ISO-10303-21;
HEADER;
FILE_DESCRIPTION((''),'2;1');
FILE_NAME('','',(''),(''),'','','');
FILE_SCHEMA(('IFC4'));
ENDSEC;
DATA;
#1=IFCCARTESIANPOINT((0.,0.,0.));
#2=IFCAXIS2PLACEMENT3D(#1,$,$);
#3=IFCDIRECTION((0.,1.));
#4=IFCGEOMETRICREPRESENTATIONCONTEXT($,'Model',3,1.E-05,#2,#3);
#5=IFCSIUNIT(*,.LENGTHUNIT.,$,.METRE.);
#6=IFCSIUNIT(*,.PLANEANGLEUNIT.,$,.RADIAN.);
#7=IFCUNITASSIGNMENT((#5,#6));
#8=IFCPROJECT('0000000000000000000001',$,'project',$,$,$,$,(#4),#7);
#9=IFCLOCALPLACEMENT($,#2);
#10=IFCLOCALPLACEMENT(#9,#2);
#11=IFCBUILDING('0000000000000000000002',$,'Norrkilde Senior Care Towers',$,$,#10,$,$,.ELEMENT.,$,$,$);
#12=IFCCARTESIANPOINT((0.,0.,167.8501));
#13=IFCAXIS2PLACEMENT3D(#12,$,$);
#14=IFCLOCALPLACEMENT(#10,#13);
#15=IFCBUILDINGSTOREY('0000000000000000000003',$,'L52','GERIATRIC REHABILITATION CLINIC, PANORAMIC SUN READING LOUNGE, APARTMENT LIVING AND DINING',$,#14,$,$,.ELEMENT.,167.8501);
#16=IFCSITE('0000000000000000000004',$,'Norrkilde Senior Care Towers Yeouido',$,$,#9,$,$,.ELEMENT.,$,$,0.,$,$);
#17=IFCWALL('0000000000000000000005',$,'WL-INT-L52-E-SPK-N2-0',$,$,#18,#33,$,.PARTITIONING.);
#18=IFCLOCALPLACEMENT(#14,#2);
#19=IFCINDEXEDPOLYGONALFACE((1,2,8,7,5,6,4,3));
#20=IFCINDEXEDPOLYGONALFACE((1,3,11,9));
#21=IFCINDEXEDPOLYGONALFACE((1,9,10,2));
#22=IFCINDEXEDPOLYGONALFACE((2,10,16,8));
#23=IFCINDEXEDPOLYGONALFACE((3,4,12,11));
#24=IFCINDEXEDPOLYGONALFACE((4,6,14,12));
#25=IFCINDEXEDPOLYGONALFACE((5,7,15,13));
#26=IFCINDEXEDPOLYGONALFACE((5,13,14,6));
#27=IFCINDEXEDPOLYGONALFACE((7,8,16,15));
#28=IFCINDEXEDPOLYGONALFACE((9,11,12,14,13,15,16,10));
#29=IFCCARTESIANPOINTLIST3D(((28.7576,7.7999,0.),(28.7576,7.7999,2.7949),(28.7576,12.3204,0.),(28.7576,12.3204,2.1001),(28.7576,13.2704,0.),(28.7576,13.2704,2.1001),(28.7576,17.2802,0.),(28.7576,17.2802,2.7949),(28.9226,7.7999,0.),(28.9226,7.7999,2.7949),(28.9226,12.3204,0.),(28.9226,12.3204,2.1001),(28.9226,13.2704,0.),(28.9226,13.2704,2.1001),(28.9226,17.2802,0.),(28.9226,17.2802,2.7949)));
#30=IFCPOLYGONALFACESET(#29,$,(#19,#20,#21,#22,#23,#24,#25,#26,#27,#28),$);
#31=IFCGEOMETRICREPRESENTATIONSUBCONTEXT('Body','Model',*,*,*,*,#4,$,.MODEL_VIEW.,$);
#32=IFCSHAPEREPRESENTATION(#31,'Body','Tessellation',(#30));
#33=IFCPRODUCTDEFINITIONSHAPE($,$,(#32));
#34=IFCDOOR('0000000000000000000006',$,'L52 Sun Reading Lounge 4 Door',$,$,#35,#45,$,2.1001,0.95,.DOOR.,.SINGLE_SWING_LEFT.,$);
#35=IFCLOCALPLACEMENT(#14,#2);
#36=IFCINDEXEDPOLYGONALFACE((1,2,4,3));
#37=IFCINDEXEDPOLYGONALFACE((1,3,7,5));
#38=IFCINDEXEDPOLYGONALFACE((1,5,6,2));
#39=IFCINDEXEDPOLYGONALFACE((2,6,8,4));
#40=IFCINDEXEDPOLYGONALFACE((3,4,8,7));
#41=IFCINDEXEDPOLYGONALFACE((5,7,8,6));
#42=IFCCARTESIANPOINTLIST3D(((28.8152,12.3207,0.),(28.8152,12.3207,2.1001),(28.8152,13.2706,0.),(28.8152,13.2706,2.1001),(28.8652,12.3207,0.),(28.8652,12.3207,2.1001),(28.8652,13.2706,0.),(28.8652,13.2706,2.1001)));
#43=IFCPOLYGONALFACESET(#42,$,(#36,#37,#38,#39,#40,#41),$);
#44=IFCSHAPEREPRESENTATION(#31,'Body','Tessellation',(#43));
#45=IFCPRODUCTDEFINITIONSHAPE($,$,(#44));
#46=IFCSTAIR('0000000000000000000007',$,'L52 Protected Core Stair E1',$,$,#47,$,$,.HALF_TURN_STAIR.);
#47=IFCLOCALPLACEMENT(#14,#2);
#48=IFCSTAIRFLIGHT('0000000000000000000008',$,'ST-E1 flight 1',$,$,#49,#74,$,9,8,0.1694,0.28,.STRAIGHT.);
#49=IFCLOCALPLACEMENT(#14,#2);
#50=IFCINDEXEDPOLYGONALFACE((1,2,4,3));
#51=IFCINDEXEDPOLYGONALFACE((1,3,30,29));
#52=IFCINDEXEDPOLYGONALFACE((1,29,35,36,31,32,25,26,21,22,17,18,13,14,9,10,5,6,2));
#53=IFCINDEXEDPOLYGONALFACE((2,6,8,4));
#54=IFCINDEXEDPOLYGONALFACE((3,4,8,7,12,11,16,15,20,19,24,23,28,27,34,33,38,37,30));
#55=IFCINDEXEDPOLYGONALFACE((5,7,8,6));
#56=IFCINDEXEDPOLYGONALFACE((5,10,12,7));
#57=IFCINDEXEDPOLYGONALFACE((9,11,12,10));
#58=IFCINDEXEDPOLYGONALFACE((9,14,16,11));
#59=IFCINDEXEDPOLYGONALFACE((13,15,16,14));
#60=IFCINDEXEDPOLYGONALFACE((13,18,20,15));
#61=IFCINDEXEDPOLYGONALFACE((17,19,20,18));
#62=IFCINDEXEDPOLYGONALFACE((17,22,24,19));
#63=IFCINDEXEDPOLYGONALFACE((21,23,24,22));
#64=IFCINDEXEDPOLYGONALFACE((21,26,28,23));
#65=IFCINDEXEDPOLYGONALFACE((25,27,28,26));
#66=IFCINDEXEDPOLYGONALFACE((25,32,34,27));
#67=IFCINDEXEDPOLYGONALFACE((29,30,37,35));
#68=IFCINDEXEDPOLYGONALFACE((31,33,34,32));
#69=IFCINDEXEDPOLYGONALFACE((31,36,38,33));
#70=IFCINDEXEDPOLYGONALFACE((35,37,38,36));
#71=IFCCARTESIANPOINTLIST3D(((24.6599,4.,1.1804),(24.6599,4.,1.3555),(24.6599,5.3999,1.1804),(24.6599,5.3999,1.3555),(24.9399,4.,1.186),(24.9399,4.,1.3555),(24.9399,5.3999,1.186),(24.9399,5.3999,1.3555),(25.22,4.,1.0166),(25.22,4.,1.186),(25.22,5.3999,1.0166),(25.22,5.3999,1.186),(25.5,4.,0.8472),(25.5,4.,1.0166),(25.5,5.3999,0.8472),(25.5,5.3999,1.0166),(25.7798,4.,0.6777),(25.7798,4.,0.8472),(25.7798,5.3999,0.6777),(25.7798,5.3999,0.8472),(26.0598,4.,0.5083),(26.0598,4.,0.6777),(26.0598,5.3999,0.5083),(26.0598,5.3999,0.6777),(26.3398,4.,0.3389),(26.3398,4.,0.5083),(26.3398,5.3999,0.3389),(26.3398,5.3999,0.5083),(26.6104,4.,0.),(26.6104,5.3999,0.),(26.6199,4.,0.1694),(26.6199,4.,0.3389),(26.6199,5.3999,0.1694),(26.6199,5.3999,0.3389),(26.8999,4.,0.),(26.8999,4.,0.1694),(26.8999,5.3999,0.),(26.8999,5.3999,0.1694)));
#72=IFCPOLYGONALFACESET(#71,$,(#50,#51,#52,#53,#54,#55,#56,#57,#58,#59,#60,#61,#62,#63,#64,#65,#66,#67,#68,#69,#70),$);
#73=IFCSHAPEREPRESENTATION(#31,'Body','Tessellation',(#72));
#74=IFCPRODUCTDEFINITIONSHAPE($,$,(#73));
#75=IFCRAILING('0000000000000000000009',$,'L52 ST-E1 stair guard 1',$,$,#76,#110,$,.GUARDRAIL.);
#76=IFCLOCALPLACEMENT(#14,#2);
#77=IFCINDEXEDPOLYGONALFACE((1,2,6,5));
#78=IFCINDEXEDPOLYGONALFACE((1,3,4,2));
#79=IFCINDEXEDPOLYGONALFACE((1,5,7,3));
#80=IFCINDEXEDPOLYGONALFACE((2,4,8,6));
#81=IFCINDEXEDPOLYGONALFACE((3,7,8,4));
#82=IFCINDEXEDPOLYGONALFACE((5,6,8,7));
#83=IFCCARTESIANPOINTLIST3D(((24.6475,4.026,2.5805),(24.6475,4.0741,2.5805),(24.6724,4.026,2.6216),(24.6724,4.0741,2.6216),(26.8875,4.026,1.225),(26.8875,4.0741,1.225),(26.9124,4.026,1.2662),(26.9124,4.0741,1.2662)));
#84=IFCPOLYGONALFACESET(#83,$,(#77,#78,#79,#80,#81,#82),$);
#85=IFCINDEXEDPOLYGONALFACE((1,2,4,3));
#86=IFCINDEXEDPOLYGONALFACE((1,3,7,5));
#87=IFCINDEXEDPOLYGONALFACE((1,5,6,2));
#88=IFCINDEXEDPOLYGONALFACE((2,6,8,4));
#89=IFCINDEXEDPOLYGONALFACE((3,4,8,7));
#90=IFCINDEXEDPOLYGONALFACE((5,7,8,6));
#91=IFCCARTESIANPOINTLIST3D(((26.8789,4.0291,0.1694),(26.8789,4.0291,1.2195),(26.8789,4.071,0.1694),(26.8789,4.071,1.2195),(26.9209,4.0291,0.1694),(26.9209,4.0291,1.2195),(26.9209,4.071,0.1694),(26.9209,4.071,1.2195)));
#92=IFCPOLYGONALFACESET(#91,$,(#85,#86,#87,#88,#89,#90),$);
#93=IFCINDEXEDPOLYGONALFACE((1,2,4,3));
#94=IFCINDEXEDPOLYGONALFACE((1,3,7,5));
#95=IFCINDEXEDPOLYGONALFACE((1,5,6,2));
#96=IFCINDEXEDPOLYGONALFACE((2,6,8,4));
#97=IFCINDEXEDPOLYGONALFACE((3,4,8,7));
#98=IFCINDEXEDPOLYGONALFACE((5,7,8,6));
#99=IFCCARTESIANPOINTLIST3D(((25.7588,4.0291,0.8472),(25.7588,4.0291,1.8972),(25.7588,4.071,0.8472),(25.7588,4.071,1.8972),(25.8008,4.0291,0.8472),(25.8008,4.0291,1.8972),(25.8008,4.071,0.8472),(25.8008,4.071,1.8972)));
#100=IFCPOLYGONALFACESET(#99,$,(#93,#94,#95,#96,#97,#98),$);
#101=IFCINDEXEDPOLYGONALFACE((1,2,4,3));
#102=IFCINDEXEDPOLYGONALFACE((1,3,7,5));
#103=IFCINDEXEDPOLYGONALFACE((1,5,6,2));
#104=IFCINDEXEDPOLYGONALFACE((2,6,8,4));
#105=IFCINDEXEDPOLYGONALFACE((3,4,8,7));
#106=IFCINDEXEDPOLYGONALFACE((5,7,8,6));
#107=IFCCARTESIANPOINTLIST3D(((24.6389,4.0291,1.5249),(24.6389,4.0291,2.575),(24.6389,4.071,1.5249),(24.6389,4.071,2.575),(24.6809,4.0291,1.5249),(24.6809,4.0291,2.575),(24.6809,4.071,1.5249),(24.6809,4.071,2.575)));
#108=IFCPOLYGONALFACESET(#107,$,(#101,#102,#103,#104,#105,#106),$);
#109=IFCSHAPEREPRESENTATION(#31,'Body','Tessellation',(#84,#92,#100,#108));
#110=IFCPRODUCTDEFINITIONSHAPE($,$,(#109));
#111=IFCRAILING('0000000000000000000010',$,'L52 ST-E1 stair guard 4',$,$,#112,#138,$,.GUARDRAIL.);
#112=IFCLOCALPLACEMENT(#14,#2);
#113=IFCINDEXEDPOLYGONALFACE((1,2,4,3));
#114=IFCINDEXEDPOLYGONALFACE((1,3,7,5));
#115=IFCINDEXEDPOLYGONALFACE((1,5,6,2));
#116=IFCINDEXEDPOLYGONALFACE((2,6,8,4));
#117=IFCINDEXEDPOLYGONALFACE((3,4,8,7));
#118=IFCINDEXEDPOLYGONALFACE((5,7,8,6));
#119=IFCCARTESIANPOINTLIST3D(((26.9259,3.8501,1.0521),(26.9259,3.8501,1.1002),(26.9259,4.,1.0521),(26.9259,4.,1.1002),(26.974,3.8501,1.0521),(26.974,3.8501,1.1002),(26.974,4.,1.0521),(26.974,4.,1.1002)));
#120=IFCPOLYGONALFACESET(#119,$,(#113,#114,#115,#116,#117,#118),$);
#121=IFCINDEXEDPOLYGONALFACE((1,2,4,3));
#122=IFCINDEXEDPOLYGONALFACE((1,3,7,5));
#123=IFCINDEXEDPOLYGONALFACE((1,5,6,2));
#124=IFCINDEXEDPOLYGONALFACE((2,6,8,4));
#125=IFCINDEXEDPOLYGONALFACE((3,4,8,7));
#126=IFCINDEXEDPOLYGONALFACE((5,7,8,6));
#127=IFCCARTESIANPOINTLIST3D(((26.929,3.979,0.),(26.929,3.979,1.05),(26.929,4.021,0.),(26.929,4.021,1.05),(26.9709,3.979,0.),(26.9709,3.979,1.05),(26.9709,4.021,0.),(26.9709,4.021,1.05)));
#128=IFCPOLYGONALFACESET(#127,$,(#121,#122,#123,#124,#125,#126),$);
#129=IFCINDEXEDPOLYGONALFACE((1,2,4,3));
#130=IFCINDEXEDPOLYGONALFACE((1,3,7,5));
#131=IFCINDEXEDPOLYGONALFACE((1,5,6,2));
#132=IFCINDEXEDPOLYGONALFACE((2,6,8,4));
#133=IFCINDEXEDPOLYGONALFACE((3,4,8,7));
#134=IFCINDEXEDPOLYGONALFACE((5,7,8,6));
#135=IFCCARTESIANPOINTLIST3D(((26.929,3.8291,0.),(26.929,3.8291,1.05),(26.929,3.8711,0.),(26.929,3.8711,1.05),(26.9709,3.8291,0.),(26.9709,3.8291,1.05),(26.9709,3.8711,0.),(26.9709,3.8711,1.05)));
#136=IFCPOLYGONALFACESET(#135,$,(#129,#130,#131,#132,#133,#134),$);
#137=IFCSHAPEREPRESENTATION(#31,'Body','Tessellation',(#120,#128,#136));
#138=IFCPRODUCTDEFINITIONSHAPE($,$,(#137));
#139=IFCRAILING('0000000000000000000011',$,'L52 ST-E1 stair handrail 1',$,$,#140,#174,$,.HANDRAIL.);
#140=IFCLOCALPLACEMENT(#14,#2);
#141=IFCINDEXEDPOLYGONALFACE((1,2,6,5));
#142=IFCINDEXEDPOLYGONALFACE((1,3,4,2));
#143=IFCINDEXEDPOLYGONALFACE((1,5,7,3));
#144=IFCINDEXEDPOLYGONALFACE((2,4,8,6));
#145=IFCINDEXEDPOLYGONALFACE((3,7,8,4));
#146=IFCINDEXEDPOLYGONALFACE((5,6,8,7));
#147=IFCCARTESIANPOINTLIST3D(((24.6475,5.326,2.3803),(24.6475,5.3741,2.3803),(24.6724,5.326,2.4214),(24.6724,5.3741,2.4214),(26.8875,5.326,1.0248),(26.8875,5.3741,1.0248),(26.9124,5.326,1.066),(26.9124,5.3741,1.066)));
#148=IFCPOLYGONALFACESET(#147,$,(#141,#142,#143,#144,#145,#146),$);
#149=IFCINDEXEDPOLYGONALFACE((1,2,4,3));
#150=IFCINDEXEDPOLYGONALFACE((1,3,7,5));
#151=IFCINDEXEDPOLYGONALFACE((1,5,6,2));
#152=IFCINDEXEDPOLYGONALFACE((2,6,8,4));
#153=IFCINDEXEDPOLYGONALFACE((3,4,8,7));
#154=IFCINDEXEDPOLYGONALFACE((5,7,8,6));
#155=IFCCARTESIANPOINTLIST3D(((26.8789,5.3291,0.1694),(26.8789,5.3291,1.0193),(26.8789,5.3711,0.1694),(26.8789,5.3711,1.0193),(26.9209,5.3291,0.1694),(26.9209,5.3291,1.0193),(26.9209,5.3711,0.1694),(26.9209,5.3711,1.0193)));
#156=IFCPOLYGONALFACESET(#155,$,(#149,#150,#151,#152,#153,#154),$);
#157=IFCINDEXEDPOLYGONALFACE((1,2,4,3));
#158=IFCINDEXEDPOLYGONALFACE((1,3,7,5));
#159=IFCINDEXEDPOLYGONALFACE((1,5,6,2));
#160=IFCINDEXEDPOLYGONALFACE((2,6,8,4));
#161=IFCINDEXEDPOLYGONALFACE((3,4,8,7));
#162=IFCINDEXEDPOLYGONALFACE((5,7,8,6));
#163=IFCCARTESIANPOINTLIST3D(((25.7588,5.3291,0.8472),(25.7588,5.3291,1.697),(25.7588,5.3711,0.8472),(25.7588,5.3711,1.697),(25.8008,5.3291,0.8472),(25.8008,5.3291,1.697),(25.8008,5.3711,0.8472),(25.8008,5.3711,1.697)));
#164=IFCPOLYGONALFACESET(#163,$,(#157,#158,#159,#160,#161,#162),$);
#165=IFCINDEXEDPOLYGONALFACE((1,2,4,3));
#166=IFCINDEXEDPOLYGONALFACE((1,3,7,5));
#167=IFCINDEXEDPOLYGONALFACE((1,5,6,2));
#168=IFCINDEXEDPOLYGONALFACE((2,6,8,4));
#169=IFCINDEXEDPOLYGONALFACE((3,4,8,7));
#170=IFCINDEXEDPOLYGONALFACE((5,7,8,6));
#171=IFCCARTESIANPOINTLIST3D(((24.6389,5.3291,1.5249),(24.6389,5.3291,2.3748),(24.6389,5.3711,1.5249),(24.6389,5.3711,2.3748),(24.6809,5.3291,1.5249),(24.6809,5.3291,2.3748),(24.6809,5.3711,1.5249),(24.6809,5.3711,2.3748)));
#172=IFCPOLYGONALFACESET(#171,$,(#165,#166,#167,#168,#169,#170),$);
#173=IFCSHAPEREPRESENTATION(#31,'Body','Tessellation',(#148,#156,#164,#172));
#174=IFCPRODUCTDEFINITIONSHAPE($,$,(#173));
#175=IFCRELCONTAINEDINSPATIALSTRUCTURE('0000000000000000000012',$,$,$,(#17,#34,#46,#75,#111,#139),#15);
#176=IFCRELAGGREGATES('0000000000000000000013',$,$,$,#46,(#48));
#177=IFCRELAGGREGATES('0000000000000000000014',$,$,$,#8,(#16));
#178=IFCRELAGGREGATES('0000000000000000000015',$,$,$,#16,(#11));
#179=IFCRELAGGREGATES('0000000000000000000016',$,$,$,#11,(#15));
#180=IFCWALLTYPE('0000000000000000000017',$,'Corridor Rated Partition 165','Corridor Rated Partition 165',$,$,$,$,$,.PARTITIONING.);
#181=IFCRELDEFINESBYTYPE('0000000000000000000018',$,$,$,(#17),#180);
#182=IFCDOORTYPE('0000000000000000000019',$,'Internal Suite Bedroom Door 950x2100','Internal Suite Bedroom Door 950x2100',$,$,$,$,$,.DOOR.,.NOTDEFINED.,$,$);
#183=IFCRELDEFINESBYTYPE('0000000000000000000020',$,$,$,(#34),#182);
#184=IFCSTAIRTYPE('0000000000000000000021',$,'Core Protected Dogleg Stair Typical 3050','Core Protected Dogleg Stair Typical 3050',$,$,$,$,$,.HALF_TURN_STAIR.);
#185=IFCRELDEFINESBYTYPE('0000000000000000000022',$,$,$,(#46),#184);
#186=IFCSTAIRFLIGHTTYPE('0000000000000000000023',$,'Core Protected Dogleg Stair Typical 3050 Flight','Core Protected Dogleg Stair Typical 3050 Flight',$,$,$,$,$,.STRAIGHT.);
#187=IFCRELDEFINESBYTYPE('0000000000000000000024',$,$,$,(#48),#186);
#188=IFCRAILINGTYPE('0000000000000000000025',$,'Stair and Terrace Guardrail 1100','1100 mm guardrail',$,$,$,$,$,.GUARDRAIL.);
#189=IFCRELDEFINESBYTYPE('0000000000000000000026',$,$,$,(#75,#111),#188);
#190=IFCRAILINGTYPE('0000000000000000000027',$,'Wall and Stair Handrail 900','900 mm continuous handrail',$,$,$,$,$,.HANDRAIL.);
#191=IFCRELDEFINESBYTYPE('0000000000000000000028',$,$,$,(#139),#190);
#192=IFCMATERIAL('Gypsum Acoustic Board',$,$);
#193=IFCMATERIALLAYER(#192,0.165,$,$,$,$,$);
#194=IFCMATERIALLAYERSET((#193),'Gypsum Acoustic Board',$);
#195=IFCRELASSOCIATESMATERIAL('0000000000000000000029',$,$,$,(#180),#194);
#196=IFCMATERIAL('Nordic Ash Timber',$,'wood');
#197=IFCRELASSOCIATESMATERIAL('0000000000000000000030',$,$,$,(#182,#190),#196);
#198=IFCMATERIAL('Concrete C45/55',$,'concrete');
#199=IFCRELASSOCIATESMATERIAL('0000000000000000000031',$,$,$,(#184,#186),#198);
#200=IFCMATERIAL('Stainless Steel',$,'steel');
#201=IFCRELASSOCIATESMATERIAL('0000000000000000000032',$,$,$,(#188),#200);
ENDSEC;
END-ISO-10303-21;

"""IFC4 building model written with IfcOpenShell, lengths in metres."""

from ifc_helpers import new_model, si_unit, direction, frame, frame_2d, origin, origin_2d, place, context, subcontext, project, spatial, polyline, rectangle, outline, extrude, source, transform, mapped, material, layer, layer_set, type_object, type_shapes, element, fill, aggregate, save


model = new_model("IFC4")

# Units and contexts
model_context = context("Model", 3, precision=1e-05, world=origin(), true_north=direction((0.0, 1.0)))
body_context = subcontext(model_context, "Body", "Model", "MODEL_VIEW")
ifc_project = project(units=[si_unit("LENGTHUNIT", "METRE"), si_unit("PLANEANGLEUNIT", "RADIAN")], contexts=[model_context])

# Site, building, storey
site_placement = place(None, origin())
site = spatial("IfcSite", under=ifc_project, at=site_placement, Name="Norrkilde Senior Care Towers Yeouido", CompositionType="ELEMENT", RefElevation=0.0)
building_placement = place(site_placement, origin())
building = spatial("IfcBuilding", under=site, at=building_placement, Name="Norrkilde Senior Care Towers", CompositionType="ELEMENT")
storey_placement = place(building_placement, frame((0.0, 0.0, 167.8501)))
storey = spatial("IfcBuildingStorey", under=building, at=storey_placement, Name="L52", Description="GERIATRIC REHABILITATION CLINIC, PANORAMIC SUN READING LOUNGE, APARTMENT LIVING AND DINING", CompositionType="ELEMENT", Elevation=167.8501)

# Shared definitions
ifc_material_1 = material(Name="Concrete C45/55", Category="concrete")

# Shared definitions
ifc_material_2 = material(Name="Gypsum Acoustic Board")
ifc_layer_1 = layer(ifc_material_2, 0.165)
ifc_layer_set_1 = layer_set([ifc_layer_1], Name="Gypsum Acoustic Board")
wall_type_1 = type_object("IfcWallType", Name="Corridor Rated Partition 165", Description="Corridor Rated Partition 165", PredefinedType="PARTITIONING", material=ifc_layer_set_1)
ifc_material_3 = material(Name="Nordic Ash Timber", Category="wood")

# Wall, opening, door
shared_shape_1 = source(origin(), body_context, "Body", "SweptSolid", [
    extrude(rectangle(XDim=9.4802, YDim=0.165, at=frame_2d((4.7402, 0.0))), origin(), (0.0, 0.0, 1.0), 2.7949),
])
door_type_1 = type_object("IfcDoorType", Name="Internal Suite Bedroom Door 950x2100", Description="Internal Suite Bedroom Door 950x2100", OperationType="NOTDEFINED", PredefinedType="DOOR", material=ifc_material_3)
shared_shape_2 = source(origin(), body_context, "Body", "SweptSolid", [
    extrude(rectangle(XDim=0.95, YDim=2.1001, at=frame_2d((0.4751, 1.05))), frame((0.0, 0.0249, 0.0), z_axis=(0.0, -1.0, 0.0), x_axis=(1.0, 0.0, 0.0)), (0.0, 0.0, 1.0), 0.05),
])
type_shapes(door_type_1, [shared_shape_2])
wall_1_placement = place(storey_placement, frame((28.8401, 17.2803, 0.0), z_axis=(0.0, 0.0, 1.0), x_axis=(0.0, -1.0, 0.0)))
wall_1 = element("IfcWall", 1, at=wall_1_placement, inside=storey, type_object=wall_type_1, Name="WL-INT-L52-E-SPK-N2-0", PredefinedType="PARTITIONING", context=body_context, shape_type="MappedRepresentation", body=[
    mapped(shared_shape_1, transform((0.0, 0.0, 0.0), x_axis=(1.0, 0.0, 0.0), y_axis=(0.0, 1.0, 0.0), z_axis=(0.0, 0.0, 1.0), scale=1.0)),
])
opening_1_placement = place(wall_1_placement, frame((4.0098, 0.0, 0.0)))
opening_1 = element("IfcOpeningElement", 2, at=opening_1_placement, cuts=wall_1, PredefinedType="OPENING", context=body_context, shape_type="SweptSolid", body=[
    extrude(rectangle(XDim=0.95, YDim=2.1001, at=frame_2d((0.4751, 1.05))), frame((0.0, 0.0925, 0.0), z_axis=(0.0, -1.0, 0.0), x_axis=(1.0, 0.0, 0.0)), (0.0, 0.0, 1.0), 0.1851),
])
door_1_placement = place(opening_1_placement, frame((0.95, 0.0, 0.0), z_axis=(0.0, 0.0, 1.0), x_axis=(-1.0, 0.0, 0.0)))
door_1 = element("IfcDoor", 3, at=door_1_placement, inside=storey, type_object=door_type_1, Name="L52 Sun Reading Lounge 4 Door", OperationType="SINGLE_SWING_LEFT", OverallHeight=2.1001, OverallWidth=0.95, PredefinedType="DOOR", context=body_context, shape_type="MappedRepresentation", body=[
    mapped(shared_shape_2, transform((0.0, 0.0, 0.0), x_axis=(1.0, 0.0, 0.0), y_axis=(0.0, 1.0, 0.0), z_axis=(0.0, 0.0, 1.0), scale=1.0)),
])
fill(opening_1, door_1)

# Stair, stair flight
stair_type = type_object("IfcStairType", Name="Core Protected Dogleg Stair Typical 3050", Description="Core Protected Dogleg Stair Typical 3050", PredefinedType="HALF_TURN_STAIR", material=ifc_material_1)
stair_placement = place(storey_placement, origin())
stair = element("IfcStair", 4, at=stair_placement, inside=storey, type_object=stair_type, Name="L52 Protected Core Stair E1", PredefinedType="HALF_TURN_STAIR")
stair_flight_type = type_object("IfcStairFlightType", Name="Core Protected Dogleg Stair Typical 3050 Flight", Description="Core Protected Dogleg Stair Typical 3050 Flight", PredefinedType="STRAIGHT", material=ifc_material_1)
stair_flight_placement = place(storey_placement, frame((26.8999, 4.7, 0.0), z_axis=(0.0, 0.0, 1.0), x_axis=(-1.0, 0.0, 0.0)))
stair_flight = element("IfcStairFlight", 5, at=stair_flight_placement, type_object=stair_flight_type, Name="ST-E1 flight 1", NumberOfRisers=9, NumberOfTreads=8, PredefinedType="STRAIGHT", RiserHeight=0.1694, TreadLength=0.28, context=body_context, shape_type="SweptSolid", body=[
    extrude(outline(polyline([(0.0, 0.0), (0.0, 0.1694), (0.28, 0.1694), (0.28, 0.3389), (0.5601, 0.3389), (0.5601, 0.5083), (0.8401, 0.5083), (0.8401, 0.6777), (1.1201, 0.6777), (1.1201, 0.8472), (1.3999, 0.8472), (1.3999, 1.0166), (1.6799, 1.0166), (1.6799, 1.186), (1.96, 1.186), (1.96, 1.3555), (2.24, 1.3555), (2.24, 1.5249), (2.24, 1.1804), (0.2896, 0.0), (0.0, 0.0)])), frame((0.0, 0.7, 0.0), z_axis=(0.0, -1.0, 0.0), x_axis=(1.0, 0.0, 0.0)), (0.0, 0.0, 1.0), 1.3999),
])
aggregate(stair, [stair_flight])

# Railings
ifc_material_4 = material(Name="Stainless Steel", Category="steel")
railing_type_1 = type_object("IfcRailingType", Name="Stair and Terrace Guardrail 1100", Description="1100 mm guardrail", PredefinedType="GUARDRAIL", material=ifc_material_4)
railing_1_placement = place(storey_placement, frame((26.8999, 4.05, 0.1694)))
element("IfcRailing", 6, at=railing_1_placement, inside=storey, type_object=railing_type_1, Name="L52 ST-E1 stair guard 1", PredefinedType="GUARDRAIL", context=body_context, shape_type="SweptSolid", body=[
    extrude(rectangle(XDim=0.0481, YDim=0.0481, at=origin_2d()), frame((0.0, 0.0, 1.0762), z_axis=(-0.855553, 0.0, 0.517715), x_axis=(0.0, -1.0, 0.0)), (0.0, 0.0, 1.0), 2.6182),
    extrude(rectangle(XDim=0.042, YDim=0.042, at=origin_2d()), origin(), (0.0, 0.0, 1.0), 1.05),
    extrude(rectangle(XDim=0.042, YDim=0.042, at=origin_2d()), frame((-1.1201, 0.0, 0.6777)), (0.0, 0.0, 1.0), 1.05),
    extrude(rectangle(XDim=0.042, YDim=0.042, at=origin_2d()), frame((-2.24, 0.0, 1.3555)), (0.0, 0.0, 1.0), 1.05),
])
railing_2_placement = place(storey_placement, frame((26.95, 4.0, 0.0)))
element("IfcRailing", 7, at=railing_2_placement, inside=storey, type_object=railing_type_1, Name="L52 ST-E1 stair guard 4", PredefinedType="GUARDRAIL", context=body_context, shape_type="SweptSolid", body=[
    extrude(rectangle(XDim=0.0481, YDim=0.0481, at=origin_2d()), frame((0.0, 0.0, 1.0762), z_axis=(0.0, -1.0, 0.0), x_axis=(1.0, 0.0, 0.0)), (0.0, 0.0, 1.0), 0.1499),
    extrude(rectangle(XDim=0.042, YDim=0.042, at=origin_2d()), origin(), (0.0, 0.0, 1.0), 1.05),
    extrude(rectangle(XDim=0.042, YDim=0.042, at=origin_2d()), frame((0.0, -0.1499, 0.0)), (0.0, 0.0, 1.0), 1.05),
])
railing_type_2 = type_object("IfcRailingType", Name="Wall and Stair Handrail 900", Description="900 mm continuous handrail", PredefinedType="HANDRAIL", material=ifc_material_3)
railing_3_placement = place(storey_placement, frame((26.8999, 5.3501, 0.1694)))
element("IfcRailing", 8, at=railing_3_placement, inside=storey, type_object=railing_type_2, Name="L52 ST-E1 stair handrail 1", PredefinedType="HANDRAIL", context=body_context, shape_type="SweptSolid", body=[
    extrude(rectangle(XDim=0.0481, YDim=0.0481, at=origin_2d()), frame((0.0, 0.0, 0.876), z_axis=(-0.855553, 0.0, 0.517715), x_axis=(0.0, -1.0, 0.0)), (0.0, 0.0, 1.0), 2.6182),
    extrude(rectangle(XDim=0.042, YDim=0.042, at=origin_2d()), origin(), (0.0, 0.0, 1.0), 0.8499),
    extrude(rectangle(XDim=0.042, YDim=0.042, at=origin_2d()), frame((-1.1201, 0.0, 0.6777)), (0.0, 0.0, 1.0), 0.8499),
    extrude(rectangle(XDim=0.042, YDim=0.042, at=origin_2d()), frame((-2.24, 0.0, 1.3555)), (0.0, 0.0, 1.0), 0.8499),
])

save(model, "model.ifc")
